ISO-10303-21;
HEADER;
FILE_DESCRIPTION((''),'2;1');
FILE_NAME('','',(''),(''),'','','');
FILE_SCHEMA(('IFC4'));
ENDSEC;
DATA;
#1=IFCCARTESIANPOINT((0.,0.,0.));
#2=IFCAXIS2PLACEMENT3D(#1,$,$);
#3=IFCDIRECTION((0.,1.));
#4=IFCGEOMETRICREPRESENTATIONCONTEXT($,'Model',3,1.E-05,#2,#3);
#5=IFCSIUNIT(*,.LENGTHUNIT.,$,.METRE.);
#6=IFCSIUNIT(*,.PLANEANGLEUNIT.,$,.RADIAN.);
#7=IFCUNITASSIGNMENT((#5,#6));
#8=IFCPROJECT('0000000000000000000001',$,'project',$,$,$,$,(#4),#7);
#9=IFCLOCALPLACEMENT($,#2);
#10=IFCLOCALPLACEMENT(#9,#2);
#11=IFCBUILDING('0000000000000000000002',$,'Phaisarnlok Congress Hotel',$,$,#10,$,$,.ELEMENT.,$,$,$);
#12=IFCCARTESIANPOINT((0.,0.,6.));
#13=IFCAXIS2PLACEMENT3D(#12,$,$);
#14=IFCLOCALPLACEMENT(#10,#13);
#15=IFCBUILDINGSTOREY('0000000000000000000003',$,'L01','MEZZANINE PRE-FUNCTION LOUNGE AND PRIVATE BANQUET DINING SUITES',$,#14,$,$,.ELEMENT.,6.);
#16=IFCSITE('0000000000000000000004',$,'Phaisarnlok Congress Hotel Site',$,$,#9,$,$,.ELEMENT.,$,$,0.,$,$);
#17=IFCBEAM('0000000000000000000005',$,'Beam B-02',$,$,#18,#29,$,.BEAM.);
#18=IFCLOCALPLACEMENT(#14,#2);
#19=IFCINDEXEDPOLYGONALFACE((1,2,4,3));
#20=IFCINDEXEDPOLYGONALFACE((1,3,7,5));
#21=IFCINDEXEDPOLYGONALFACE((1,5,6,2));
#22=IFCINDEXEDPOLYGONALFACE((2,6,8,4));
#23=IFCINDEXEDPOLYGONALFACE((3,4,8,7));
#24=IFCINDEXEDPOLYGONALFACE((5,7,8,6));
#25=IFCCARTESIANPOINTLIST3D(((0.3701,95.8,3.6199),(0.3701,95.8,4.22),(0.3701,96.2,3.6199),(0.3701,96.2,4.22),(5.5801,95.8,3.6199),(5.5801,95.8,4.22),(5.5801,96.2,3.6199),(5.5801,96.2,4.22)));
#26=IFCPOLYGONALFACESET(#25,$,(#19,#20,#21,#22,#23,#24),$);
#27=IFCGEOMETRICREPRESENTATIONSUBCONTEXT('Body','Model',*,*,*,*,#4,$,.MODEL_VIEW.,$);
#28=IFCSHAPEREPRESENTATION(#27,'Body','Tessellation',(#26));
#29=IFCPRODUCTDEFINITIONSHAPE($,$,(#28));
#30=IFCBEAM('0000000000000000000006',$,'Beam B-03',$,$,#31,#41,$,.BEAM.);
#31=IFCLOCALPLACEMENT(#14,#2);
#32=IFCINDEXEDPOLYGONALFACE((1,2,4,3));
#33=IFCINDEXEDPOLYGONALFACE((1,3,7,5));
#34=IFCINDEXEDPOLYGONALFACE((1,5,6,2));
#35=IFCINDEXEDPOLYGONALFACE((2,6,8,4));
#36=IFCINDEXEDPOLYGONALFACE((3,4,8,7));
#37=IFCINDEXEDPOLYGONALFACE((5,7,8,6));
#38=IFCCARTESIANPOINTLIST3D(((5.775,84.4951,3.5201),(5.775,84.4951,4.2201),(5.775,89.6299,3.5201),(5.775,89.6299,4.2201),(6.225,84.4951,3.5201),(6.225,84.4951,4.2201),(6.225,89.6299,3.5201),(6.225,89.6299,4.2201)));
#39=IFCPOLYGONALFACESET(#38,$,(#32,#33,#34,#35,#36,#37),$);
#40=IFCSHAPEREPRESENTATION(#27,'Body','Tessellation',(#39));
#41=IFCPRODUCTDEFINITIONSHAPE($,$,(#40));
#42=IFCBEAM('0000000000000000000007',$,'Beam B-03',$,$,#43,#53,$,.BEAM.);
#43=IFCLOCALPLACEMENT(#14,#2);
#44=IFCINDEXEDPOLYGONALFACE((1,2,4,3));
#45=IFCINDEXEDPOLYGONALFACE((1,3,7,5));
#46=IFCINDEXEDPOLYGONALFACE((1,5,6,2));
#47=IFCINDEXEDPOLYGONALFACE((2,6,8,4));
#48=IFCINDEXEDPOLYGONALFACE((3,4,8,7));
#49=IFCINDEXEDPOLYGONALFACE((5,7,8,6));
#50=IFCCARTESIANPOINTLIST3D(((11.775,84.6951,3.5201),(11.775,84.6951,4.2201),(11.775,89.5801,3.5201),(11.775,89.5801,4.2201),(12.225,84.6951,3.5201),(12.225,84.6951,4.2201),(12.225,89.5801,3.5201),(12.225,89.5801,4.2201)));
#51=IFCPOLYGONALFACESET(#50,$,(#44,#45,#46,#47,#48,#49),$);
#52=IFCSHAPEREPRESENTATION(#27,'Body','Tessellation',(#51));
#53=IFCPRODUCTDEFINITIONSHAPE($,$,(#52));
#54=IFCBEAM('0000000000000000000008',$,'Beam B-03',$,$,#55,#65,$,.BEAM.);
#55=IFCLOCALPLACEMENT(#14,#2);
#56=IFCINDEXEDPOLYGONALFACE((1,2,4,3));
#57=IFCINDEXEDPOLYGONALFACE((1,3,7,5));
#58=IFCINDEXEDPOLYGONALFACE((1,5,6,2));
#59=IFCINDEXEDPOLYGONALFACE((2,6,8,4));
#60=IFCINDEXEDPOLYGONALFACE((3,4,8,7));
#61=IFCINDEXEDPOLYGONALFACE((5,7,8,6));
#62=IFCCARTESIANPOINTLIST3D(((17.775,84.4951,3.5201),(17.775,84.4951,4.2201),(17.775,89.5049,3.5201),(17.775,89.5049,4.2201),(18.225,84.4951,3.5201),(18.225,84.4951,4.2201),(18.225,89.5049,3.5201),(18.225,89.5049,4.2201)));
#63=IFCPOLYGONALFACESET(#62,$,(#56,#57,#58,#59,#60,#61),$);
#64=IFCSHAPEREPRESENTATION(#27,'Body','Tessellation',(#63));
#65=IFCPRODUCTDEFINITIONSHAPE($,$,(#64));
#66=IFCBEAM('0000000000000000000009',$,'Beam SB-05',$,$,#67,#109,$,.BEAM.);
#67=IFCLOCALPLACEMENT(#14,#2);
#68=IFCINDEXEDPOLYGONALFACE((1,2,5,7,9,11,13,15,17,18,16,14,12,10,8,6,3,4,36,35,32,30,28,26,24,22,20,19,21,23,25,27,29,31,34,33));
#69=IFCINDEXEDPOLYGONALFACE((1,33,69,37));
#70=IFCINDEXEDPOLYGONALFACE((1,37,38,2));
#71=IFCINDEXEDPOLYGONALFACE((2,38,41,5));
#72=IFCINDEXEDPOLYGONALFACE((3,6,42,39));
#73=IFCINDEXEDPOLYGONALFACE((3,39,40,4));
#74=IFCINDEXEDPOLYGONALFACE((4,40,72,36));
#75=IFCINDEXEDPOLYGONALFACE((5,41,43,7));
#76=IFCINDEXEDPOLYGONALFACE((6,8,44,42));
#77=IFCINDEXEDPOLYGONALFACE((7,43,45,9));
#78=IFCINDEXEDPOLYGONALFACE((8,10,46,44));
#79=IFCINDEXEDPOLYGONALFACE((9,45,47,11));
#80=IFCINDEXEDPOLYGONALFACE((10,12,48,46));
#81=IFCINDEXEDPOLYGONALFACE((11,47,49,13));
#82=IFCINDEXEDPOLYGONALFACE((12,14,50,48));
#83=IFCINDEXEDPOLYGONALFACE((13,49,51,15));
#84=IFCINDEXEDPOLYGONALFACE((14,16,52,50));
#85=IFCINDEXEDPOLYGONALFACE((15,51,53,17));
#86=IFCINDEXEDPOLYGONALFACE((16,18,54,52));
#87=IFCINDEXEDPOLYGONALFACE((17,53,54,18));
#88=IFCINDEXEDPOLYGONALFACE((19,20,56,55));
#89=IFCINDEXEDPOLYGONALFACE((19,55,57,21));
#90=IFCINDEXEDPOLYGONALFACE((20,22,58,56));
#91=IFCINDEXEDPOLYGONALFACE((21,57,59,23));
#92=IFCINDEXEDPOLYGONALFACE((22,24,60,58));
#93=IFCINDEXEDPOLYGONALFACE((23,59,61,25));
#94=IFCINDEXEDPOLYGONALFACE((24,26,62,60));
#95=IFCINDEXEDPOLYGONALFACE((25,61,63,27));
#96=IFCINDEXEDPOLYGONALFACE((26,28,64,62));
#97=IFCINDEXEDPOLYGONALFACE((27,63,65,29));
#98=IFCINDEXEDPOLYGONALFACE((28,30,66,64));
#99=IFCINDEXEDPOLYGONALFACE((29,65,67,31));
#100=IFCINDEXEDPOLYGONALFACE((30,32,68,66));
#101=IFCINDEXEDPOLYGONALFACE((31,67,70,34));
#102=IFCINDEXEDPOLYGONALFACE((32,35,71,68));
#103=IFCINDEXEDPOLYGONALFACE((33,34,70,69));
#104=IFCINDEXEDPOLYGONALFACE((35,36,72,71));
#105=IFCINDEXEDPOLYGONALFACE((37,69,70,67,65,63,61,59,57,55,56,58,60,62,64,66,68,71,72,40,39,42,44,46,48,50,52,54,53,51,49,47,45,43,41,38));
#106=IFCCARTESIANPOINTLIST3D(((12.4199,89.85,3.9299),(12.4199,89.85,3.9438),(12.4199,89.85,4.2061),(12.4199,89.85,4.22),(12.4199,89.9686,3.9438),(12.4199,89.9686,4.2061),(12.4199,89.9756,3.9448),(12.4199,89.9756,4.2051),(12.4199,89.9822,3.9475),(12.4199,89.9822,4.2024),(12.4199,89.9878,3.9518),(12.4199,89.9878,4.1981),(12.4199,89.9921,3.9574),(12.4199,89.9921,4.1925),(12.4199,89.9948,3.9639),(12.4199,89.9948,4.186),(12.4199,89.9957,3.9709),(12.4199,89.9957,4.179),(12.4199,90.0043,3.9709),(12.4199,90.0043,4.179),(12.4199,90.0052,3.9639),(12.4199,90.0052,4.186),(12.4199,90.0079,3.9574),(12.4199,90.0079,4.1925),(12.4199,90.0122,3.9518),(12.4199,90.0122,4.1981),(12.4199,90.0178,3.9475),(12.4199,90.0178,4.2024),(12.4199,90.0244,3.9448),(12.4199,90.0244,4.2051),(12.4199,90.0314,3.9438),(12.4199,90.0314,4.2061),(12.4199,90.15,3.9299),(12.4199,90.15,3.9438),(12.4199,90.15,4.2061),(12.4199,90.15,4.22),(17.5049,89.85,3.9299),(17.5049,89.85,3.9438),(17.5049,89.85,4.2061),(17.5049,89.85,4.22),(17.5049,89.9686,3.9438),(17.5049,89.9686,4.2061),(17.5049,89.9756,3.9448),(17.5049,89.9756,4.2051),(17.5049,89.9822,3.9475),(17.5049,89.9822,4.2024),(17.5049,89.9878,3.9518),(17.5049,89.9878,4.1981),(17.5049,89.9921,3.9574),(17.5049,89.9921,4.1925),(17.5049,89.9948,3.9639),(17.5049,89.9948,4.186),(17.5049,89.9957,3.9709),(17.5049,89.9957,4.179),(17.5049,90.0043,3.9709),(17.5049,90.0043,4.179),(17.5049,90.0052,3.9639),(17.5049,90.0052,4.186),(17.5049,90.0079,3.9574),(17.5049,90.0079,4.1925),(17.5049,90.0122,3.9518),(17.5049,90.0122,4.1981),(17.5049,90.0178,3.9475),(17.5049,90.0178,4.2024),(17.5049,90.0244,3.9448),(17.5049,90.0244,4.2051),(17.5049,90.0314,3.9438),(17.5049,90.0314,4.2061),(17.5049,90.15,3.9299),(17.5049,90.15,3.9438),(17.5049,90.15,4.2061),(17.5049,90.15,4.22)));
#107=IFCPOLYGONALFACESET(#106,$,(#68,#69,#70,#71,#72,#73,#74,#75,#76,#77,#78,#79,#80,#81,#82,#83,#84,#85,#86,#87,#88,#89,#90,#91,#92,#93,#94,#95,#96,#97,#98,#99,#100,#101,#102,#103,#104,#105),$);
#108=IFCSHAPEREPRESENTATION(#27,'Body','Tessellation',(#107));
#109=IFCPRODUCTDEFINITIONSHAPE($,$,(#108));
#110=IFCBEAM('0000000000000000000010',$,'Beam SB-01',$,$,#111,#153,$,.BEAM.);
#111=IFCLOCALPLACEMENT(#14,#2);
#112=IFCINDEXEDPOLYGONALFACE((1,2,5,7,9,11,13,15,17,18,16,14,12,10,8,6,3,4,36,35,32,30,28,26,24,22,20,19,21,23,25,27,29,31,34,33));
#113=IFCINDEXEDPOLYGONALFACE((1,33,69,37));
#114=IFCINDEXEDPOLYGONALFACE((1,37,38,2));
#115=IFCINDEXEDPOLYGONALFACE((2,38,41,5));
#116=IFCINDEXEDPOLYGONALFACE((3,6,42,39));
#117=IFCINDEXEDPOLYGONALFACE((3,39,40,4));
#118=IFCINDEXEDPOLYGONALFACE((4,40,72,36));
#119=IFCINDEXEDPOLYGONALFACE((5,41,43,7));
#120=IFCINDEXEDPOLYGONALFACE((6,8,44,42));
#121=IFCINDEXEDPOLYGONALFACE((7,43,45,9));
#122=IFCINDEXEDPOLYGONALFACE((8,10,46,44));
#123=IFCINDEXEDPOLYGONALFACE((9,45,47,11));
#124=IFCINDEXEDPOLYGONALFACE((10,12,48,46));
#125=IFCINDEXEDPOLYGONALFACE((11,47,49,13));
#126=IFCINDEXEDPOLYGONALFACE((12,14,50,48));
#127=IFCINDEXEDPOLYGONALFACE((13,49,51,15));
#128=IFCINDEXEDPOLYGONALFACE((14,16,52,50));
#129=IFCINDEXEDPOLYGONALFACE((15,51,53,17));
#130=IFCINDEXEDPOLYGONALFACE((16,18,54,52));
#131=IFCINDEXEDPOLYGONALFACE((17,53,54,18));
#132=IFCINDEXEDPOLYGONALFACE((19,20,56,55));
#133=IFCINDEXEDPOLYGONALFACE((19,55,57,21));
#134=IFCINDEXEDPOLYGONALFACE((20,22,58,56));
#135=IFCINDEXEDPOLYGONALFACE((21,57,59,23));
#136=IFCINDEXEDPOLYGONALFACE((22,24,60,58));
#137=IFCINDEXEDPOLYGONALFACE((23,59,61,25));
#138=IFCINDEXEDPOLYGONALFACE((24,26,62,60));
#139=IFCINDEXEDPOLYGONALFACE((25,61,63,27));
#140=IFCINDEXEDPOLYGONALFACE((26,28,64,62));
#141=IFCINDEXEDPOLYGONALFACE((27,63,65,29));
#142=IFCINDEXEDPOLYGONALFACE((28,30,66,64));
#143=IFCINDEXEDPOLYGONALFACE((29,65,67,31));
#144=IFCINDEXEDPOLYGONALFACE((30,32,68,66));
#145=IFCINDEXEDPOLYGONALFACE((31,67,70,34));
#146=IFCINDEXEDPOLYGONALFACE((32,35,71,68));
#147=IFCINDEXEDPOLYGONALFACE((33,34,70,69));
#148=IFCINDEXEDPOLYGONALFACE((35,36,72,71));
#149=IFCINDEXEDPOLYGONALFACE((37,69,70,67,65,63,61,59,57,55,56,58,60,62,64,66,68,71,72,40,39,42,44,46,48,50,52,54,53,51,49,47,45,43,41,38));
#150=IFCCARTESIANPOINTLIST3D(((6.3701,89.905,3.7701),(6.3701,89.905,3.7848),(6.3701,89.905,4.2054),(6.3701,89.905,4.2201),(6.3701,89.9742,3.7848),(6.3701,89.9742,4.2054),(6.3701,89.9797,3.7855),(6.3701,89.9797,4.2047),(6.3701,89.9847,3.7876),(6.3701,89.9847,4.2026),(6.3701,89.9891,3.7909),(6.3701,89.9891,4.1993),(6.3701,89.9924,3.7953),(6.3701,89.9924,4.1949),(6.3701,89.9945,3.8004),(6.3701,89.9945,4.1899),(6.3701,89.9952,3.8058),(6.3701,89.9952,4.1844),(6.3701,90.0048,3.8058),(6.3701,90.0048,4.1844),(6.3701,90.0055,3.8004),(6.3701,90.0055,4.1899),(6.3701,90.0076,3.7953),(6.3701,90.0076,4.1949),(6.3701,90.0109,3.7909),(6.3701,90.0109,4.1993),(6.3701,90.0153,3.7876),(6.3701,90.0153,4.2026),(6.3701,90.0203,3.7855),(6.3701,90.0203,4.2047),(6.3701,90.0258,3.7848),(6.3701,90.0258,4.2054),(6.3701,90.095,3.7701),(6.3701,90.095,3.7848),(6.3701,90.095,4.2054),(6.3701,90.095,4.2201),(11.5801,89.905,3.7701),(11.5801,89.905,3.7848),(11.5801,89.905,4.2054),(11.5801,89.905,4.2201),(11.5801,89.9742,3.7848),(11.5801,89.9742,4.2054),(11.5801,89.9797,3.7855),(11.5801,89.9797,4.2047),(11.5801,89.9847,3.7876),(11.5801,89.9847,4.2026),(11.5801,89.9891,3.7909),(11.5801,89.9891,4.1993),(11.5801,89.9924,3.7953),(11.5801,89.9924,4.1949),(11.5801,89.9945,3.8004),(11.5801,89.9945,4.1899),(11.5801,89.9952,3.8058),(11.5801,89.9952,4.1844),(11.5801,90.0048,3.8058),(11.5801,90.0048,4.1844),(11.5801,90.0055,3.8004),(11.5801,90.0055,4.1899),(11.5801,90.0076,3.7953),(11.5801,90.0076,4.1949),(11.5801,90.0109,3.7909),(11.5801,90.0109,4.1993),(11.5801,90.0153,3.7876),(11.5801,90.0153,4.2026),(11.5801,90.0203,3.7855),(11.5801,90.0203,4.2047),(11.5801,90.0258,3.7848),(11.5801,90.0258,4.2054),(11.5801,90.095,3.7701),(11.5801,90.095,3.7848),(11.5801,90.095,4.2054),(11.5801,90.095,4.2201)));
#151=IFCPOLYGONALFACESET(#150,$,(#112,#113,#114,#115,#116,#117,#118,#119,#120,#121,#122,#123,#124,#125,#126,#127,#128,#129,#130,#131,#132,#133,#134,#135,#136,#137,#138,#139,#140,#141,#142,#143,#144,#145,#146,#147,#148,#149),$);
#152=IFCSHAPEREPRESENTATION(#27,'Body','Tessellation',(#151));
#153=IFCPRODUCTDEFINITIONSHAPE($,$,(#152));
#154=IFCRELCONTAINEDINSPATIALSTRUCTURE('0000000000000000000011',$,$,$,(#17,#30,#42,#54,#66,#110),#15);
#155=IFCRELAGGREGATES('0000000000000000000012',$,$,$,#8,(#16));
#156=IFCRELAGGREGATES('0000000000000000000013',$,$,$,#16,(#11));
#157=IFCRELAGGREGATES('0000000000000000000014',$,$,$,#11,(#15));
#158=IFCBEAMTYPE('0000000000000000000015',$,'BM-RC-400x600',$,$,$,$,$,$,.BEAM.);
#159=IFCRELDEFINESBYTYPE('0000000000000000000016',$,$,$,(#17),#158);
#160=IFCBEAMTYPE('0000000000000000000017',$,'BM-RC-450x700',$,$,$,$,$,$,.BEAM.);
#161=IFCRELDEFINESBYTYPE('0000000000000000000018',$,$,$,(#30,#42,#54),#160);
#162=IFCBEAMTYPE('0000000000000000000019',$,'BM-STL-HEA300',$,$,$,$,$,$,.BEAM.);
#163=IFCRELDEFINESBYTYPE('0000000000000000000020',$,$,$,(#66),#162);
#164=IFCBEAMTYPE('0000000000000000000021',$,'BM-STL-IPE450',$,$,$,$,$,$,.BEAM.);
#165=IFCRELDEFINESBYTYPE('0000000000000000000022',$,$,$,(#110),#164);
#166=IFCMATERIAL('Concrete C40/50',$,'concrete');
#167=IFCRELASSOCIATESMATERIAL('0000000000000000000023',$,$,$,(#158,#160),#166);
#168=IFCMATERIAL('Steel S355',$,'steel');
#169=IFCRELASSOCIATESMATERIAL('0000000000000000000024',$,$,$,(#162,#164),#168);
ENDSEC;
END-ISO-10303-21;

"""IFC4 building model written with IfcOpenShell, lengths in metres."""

from ifc_helpers import new_model, si_unit, direction, frame, origin, origin_2d, place, context, subcontext, project, spatial, rectangle, i_section, extrude, material, material_profile, profile_set, type_object, element, save


model = new_model("IFC4")

# Units and contexts
model_context = context("Model", 3, precision=1e-05, world=origin(), true_north=direction((0.0, 1.0)))
body_context = subcontext(model_context, "Body", "Model", "MODEL_VIEW")
ifc_project = project(units=[si_unit("LENGTHUNIT", "METRE"), si_unit("PLANEANGLEUNIT", "RADIAN")], contexts=[model_context])

# Site, building, storey
site_placement = place(None, origin())
site = spatial("IfcSite", under=ifc_project, at=site_placement, Name="Phaisarnlok Congress Hotel Site", CompositionType="ELEMENT", RefElevation=0.0)
building_placement = place(site_placement, origin())
building = spatial("IfcBuilding", under=site, at=building_placement, Name="Phaisarnlok Congress Hotel", CompositionType="ELEMENT")
storey_placement = place(building_placement, frame((0.0, 0.0, 6.0)))
storey = spatial("IfcBuildingStorey", under=building, at=storey_placement, Name="L01", Description="MEZZANINE PRE-FUNCTION LOUNGE AND PRIVATE BANQUET DINING SUITES", CompositionType="ELEMENT", Elevation=6.0)

# Beams
ifc_material_1 = material(Name="Concrete C40/50", Category="concrete")
ifc_material_profile_1 = material_profile(ifc_material_1, rectangle(XDim=0.3999, YDim=0.6001, at=origin_2d()), Name="RC 400x600")
ifc_profile_set_1 = profile_set([ifc_material_profile_1], Name="Concrete C40/50")
beam_type_1 = type_object("IfcBeamType", Name="BM-RC-400x600", PredefinedType="BEAM", material=ifc_profile_set_1)
beam_1_placement = place(storey_placement, frame((0.3701, 96.0, 3.9199), z_axis=(1.0, 0.0, 0.0), x_axis=(0.0, 1.0, 0.0)))
element("IfcBeam", 1, at=beam_1_placement, inside=storey, type_object=beam_type_1, Name="Beam B-02", PredefinedType="BEAM", context=body_context, shape_type="SweptSolid", body=[
    extrude(rectangle(XDim=0.3999, YDim=0.6001, at=origin_2d()), origin(), (0.0, 0.0, 1.0), 5.21),
])
ifc_material_profile_2 = material_profile(ifc_material_1, rectangle(XDim=0.45, YDim=0.7, at=origin_2d()), Name="RC 450x700")
ifc_profile_set_2 = profile_set([ifc_material_profile_2], Name="Concrete C40/50")
beam_type_2 = type_object("IfcBeamType", Name="BM-RC-450x700", PredefinedType="BEAM", material=ifc_profile_set_2)
beam_2_placement = place(storey_placement, frame((6.0, 84.4951, 3.8701), z_axis=(0.0, 1.0, 0.0), x_axis=(-1.0, 0.0, 0.0)))
element("IfcBeam", 2, at=beam_2_placement, inside=storey, type_object=beam_type_2, Name="Beam B-03", PredefinedType="BEAM", context=body_context, shape_type="SweptSolid", body=[
    extrude(rectangle(XDim=0.45, YDim=0.7, at=origin_2d()), origin(), (0.0, 0.0, 1.0), 5.1348),
])
beam_3_placement = place(storey_placement, frame((12.0, 84.6951, 3.8701), z_axis=(0.0, 1.0, 0.0), x_axis=(-1.0, 0.0, 0.0)))
element("IfcBeam", 3, at=beam_3_placement, inside=storey, type_object=beam_type_2, Name="Beam B-03", PredefinedType="BEAM", context=body_context, shape_type="SweptSolid", body=[
    extrude(rectangle(XDim=0.45, YDim=0.7, at=origin_2d()), origin(), (0.0, 0.0, 1.0), 4.885),
])
beam_4_placement = place(storey_placement, frame((18.0, 84.4951, 3.8701), z_axis=(0.0, 1.0, 0.0), x_axis=(-1.0, 0.0, 0.0)))
element("IfcBeam", 4, at=beam_4_placement, inside=storey, type_object=beam_type_2, Name="Beam B-03", PredefinedType="BEAM", context=body_context, shape_type="SweptSolid", body=[
    extrude(rectangle(XDim=0.45, YDim=0.7, at=origin_2d()), origin(), (0.0, 0.0, 1.0), 5.0098),
])
ifc_material_2 = material(Name="Steel S355", Category="steel")
ifc_material_profile_3 = material_profile(ifc_material_2, i_section(OverallWidth=0.3, OverallDepth=0.29, WebThickness=0.0085, FlangeThickness=0.0139, FilletRadius=0.0271, at=origin_2d()), Name="HEA 300")
ifc_profile_set_3 = profile_set([ifc_material_profile_3], Name="Steel S355")
beam_type_3 = type_object("IfcBeamType", Name="BM-STL-HEA300", PredefinedType="BEAM", material=ifc_profile_set_3)
beam_5_placement = place(storey_placement, frame((12.4199, 90.0, 4.075), z_axis=(1.0, 0.0, 0.0), x_axis=(0.0, 1.0, 0.0)))
element("IfcBeam", 5, at=beam_5_placement, inside=storey, type_object=beam_type_3, Name="Beam SB-05", PredefinedType="BEAM", context=body_context, shape_type="SweptSolid", body=[
    extrude(i_section(OverallWidth=0.3, OverallDepth=0.29, WebThickness=0.0085, FlangeThickness=0.0139, FilletRadius=0.0271, at=origin_2d()), origin(), (0.0, 0.0, 1.0), 5.085),
])
ifc_material_profile_4 = material_profile(ifc_material_2, i_section(OverallWidth=0.1899, OverallDepth=0.45, WebThickness=0.0095, FlangeThickness=0.0146, FilletRadius=0.021, at=origin_2d()), Name="IPE 450")
ifc_profile_set_4 = profile_set([ifc_material_profile_4], Name="Steel S355")
beam_type_4 = type_object("IfcBeamType", Name="BM-STL-IPE450", PredefinedType="BEAM", material=ifc_profile_set_4)
beam_6_placement = place(storey_placement, frame((6.3701, 90.0, 3.9951), z_axis=(1.0, 0.0, 0.0), x_axis=(0.0, 1.0, 0.0)))
element("IfcBeam", 6, at=beam_6_placement, inside=storey, type_object=beam_type_4, Name="Beam SB-01", PredefinedType="BEAM", context=body_context, shape_type="SweptSolid", body=[
    extrude(i_section(OverallWidth=0.1899, OverallDepth=0.45, WebThickness=0.0095, FlangeThickness=0.0146, FilletRadius=0.021, at=origin_2d()), origin(), (0.0, 0.0, 1.0), 5.21),
])

save(model, "model.ifc")
